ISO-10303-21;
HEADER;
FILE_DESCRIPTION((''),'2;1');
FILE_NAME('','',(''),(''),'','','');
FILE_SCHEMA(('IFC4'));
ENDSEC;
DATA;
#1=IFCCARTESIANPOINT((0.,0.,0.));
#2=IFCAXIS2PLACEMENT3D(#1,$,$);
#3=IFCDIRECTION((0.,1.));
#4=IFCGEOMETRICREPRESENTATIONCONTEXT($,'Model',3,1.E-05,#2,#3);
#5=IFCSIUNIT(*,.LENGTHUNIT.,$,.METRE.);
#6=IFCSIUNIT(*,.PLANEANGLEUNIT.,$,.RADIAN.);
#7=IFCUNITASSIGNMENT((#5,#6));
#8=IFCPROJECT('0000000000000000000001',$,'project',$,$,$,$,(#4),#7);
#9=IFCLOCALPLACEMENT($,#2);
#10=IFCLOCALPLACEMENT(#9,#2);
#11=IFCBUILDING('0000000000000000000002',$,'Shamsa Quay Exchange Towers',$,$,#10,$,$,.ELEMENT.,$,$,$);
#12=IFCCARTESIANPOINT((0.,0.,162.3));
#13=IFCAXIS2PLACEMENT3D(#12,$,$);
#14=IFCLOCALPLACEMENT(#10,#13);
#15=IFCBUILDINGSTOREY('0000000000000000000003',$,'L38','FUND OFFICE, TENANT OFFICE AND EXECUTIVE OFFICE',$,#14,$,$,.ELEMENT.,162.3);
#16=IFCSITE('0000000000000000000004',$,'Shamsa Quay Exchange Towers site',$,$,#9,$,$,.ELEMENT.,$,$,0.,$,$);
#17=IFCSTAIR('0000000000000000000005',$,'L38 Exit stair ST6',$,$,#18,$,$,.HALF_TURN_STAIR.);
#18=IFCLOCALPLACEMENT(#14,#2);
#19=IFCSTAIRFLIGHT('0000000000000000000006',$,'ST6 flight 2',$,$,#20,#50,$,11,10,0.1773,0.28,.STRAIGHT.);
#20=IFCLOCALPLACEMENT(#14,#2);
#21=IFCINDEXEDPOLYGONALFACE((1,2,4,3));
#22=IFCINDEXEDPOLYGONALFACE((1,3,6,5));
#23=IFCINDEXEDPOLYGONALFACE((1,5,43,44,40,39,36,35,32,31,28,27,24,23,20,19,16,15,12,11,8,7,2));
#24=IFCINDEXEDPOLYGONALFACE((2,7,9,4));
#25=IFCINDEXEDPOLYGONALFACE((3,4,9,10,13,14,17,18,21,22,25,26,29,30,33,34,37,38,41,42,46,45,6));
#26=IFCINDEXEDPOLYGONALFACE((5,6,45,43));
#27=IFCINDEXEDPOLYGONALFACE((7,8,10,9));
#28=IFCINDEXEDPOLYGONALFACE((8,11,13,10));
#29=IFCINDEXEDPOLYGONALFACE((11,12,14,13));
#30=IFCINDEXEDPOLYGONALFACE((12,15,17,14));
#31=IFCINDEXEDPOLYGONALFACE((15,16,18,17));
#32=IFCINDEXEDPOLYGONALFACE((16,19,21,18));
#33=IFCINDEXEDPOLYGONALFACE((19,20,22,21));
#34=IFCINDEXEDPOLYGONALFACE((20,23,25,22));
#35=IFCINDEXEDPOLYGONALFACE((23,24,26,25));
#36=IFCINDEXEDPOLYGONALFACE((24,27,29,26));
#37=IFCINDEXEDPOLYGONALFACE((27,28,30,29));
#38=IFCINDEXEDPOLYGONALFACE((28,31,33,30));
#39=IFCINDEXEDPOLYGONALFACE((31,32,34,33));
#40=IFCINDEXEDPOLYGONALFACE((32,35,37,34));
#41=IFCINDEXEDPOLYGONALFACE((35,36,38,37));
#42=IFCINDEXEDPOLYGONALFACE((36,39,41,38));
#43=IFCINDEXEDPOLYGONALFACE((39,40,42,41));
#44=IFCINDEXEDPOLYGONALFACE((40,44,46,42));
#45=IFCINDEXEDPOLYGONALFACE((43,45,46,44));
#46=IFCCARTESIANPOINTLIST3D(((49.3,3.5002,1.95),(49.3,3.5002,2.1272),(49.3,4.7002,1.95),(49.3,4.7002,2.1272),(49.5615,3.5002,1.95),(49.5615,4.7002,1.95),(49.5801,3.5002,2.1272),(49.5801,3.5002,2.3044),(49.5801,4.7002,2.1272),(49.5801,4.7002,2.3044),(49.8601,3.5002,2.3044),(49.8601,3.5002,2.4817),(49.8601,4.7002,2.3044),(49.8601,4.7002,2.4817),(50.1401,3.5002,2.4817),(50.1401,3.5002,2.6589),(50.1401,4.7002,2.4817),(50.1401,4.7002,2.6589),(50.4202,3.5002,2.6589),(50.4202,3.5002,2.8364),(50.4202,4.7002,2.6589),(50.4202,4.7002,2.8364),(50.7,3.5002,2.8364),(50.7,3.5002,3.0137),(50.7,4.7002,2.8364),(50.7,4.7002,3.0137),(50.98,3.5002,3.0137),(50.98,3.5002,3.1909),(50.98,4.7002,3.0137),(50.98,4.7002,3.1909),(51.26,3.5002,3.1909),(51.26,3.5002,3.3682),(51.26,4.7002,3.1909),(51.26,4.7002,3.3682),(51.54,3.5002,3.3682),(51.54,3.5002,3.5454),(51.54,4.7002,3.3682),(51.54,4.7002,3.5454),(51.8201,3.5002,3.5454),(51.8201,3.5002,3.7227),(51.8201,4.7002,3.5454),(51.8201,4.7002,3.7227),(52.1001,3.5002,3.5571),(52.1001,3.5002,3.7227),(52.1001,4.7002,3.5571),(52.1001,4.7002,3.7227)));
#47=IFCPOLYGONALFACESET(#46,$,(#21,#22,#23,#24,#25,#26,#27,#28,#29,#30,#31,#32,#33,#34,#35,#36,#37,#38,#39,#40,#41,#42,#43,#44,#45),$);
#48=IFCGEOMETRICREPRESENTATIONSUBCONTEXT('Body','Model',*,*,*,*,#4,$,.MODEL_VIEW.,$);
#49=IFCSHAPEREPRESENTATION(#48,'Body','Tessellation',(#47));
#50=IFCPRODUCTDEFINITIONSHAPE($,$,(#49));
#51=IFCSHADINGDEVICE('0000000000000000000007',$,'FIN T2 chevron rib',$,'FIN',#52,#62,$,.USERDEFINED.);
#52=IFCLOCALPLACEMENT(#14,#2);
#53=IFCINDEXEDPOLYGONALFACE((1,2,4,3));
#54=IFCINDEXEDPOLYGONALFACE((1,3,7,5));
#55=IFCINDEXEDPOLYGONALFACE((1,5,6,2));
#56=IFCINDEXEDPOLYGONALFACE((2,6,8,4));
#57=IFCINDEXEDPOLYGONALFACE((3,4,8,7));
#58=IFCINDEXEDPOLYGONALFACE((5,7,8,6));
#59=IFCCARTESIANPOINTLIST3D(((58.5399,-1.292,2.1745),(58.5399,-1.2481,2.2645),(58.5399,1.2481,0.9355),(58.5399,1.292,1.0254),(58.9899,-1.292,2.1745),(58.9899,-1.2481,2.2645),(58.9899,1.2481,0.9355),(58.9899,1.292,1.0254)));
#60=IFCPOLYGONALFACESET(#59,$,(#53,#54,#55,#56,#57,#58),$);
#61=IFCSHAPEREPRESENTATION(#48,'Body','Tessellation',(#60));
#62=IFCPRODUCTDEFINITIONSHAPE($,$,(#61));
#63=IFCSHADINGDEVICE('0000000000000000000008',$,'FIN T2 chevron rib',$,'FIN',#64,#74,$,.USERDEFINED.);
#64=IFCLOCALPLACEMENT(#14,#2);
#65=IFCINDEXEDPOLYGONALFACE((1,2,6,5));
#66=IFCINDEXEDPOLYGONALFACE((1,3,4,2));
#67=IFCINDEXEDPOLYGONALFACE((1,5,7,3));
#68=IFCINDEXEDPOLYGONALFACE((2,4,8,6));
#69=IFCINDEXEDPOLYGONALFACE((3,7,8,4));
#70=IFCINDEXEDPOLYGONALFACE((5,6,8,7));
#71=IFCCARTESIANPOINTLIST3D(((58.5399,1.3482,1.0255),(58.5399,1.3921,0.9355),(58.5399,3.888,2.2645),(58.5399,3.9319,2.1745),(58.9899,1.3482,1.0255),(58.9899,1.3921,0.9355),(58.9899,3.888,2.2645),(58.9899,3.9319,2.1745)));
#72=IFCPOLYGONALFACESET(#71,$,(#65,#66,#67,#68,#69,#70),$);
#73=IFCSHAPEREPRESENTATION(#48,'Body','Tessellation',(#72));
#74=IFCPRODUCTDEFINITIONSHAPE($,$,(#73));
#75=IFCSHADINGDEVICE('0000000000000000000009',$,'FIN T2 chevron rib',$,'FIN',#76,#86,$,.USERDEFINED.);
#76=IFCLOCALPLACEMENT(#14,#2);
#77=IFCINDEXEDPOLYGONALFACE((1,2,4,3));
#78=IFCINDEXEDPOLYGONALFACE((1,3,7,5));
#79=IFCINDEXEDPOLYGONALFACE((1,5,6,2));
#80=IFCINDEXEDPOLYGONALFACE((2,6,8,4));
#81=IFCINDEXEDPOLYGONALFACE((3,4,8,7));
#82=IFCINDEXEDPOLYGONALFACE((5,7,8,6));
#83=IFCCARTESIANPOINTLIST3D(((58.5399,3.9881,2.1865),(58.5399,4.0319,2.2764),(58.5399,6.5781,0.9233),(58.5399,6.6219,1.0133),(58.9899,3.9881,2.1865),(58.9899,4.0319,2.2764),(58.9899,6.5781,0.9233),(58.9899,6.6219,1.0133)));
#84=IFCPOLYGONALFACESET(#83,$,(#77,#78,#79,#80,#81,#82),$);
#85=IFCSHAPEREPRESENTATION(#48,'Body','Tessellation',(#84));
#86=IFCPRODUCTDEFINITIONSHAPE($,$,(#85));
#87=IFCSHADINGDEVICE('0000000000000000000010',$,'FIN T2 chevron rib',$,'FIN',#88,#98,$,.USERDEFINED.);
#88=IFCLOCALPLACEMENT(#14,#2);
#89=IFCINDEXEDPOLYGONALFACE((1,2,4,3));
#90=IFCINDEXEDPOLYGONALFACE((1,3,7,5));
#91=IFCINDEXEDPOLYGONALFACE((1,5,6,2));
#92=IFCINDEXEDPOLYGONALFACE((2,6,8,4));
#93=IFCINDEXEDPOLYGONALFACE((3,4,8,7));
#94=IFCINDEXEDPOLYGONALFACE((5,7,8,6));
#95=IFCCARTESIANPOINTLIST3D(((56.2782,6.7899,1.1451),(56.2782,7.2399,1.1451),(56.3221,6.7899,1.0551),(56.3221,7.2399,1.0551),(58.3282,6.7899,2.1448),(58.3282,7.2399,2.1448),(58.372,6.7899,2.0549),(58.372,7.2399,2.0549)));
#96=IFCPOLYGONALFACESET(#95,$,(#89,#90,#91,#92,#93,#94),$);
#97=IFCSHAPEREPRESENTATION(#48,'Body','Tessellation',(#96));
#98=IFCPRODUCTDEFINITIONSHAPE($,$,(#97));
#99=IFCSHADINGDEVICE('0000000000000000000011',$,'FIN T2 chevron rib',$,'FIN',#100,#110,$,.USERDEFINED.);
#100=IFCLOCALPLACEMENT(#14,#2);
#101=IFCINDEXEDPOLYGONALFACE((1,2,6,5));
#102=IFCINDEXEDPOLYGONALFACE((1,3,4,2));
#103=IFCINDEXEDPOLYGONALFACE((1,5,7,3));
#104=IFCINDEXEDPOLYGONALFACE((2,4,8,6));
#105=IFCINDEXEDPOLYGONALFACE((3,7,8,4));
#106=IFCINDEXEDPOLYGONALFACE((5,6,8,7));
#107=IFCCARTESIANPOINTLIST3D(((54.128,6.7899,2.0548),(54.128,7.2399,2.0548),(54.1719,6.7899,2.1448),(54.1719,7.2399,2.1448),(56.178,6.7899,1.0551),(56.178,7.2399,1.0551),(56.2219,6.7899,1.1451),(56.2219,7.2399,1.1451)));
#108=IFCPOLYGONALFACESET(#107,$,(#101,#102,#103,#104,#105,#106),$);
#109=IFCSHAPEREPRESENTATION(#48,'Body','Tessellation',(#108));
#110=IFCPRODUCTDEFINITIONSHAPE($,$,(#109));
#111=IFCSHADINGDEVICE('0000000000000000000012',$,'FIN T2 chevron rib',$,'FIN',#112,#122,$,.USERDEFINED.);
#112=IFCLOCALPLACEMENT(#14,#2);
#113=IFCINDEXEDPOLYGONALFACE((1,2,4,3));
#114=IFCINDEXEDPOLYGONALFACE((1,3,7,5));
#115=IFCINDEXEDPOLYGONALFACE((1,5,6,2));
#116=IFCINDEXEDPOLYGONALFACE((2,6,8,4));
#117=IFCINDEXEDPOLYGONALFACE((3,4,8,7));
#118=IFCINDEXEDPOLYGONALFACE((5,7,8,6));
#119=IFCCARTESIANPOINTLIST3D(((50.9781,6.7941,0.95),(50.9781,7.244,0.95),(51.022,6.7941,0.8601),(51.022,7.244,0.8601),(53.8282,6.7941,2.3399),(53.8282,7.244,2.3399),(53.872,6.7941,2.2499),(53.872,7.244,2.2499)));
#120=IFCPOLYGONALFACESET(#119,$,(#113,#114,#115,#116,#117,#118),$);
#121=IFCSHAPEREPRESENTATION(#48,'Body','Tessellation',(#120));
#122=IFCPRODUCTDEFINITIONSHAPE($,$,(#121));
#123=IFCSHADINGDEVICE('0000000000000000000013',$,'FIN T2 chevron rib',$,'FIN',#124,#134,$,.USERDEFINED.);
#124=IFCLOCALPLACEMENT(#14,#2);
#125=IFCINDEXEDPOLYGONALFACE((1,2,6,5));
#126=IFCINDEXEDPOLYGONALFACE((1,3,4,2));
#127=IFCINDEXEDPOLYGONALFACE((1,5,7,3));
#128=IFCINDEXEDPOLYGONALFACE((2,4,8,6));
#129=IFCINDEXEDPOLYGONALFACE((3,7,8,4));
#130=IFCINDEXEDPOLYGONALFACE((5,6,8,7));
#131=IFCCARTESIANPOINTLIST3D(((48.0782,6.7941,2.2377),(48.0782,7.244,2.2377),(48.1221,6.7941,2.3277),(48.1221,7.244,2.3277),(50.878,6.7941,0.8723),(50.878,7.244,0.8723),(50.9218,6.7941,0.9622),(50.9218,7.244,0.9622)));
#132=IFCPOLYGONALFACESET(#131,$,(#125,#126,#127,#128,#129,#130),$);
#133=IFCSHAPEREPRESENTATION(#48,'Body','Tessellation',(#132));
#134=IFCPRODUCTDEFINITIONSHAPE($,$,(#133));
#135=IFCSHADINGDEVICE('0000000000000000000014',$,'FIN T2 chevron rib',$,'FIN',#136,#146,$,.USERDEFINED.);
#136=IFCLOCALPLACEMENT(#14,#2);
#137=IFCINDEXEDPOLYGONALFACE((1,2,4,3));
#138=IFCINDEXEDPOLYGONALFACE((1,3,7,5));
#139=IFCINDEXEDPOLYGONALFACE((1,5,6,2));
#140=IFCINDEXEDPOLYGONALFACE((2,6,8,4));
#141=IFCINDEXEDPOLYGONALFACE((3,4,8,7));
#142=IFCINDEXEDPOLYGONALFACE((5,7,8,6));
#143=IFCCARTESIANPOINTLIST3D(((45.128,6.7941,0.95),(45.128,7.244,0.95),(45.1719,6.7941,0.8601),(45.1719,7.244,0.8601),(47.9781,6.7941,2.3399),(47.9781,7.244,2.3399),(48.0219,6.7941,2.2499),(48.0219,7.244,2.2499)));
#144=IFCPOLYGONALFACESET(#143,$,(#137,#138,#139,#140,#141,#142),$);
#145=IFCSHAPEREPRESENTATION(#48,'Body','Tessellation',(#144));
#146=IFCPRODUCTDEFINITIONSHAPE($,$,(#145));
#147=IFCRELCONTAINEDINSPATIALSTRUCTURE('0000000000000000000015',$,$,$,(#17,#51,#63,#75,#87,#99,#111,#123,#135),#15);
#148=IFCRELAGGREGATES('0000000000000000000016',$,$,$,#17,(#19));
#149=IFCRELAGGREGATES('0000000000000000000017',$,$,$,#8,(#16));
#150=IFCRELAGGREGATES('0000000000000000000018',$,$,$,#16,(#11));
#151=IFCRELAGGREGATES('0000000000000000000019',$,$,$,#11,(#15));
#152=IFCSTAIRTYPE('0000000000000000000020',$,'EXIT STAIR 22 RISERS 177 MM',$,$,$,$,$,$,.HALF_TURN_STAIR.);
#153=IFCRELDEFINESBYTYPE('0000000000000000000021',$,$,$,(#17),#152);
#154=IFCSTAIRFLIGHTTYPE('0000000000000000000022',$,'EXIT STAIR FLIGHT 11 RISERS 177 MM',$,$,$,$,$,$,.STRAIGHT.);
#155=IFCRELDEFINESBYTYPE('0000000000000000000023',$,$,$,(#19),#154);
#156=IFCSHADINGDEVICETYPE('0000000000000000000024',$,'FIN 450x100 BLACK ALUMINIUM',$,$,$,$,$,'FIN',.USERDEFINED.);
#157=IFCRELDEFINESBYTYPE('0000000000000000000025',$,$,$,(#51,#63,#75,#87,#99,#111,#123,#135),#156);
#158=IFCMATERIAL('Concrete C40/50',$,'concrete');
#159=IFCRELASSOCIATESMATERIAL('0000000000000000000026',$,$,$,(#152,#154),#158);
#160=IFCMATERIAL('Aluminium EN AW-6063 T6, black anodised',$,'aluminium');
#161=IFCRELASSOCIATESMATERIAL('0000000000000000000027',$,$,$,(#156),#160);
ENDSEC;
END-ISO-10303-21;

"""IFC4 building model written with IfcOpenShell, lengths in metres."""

from ifc_helpers import new_model, si_unit, direction, frame, origin, origin_2d, place, context, subcontext, project, spatial, polyline, rectangle, outline, extrude, material, material_profile, profile_set, type_object, element, aggregate, save


model = new_model("IFC4")

# Units and contexts
model_context = context("Model", 3, precision=1e-05, world=origin(), true_north=direction((0.0, 1.0)))
body_context = subcontext(model_context, "Body", "Model", "MODEL_VIEW")
ifc_project = project(units=[si_unit("LENGTHUNIT", "METRE"), si_unit("PLANEANGLEUNIT", "RADIAN")], contexts=[model_context])

# Site, building, storey
site_placement = place(None, origin())
site = spatial("IfcSite", under=ifc_project, at=site_placement, Name="Shamsa Quay Exchange Towers site", CompositionType="ELEMENT", RefElevation=0.0)
building_placement = place(site_placement, origin())
building = spatial("IfcBuilding", under=site, at=building_placement, Name="Shamsa Quay Exchange Towers", CompositionType="ELEMENT")
storey_placement = place(building_placement, frame((0.0, 0.0, 162.3)))
storey = spatial("IfcBuildingStorey", under=building, at=storey_placement, Name="L38", Description="FUND OFFICE, TENANT OFFICE AND EXECUTIVE OFFICE", CompositionType="ELEMENT", Elevation=162.3)

# Shared definitions
ifc_material_1 = material(Name="Aluminium EN AW-6063 T6, black anodised", Category="aluminium")

# Stair, stair flight
ifc_material_2 = material(Name="Concrete C40/50", Category="concrete")
stair_type = type_object("IfcStairType", Name="EXIT STAIR 22 RISERS 177 MM", PredefinedType="HALF_TURN_STAIR", material=ifc_material_2)
stair_placement = place(storey_placement, origin())
stair = element("IfcStair", 1, at=stair_placement, inside=storey, type_object=stair_type, Name="L38 Exit stair ST6", PredefinedType="HALF_TURN_STAIR")
stair_flight_type = type_object("IfcStairFlightType", Name="EXIT STAIR FLIGHT 11 RISERS 177 MM", PredefinedType="STRAIGHT", material=ifc_material_2)
stair_flight_1_placement = place(storey_placement, frame((49.3, 4.1001, 1.95)))
stair_flight_1 = element("IfcStairFlight", 2, at=stair_flight_1_placement, type_object=stair_flight_type, Name="ST6 flight 2", NumberOfRisers=11, NumberOfTreads=10, PredefinedType="STRAIGHT", RiserHeight=0.1773, TreadLength=0.28, context=body_context, shape_type="SweptSolid", body=[
    extrude(outline(polyline([(0.0, 0.0), (0.0, 0.1772), (0.28, 0.1772), (0.28, 0.3545), (0.5601, 0.3545), (0.5601, 0.5317), (0.8401, 0.5317), (0.8401, 0.709), (1.1201, 0.709), (1.1201, 0.8865), (1.3999, 0.8865), (1.3999, 1.0637), (1.6799, 1.0637), (1.6799, 1.241), (1.96, 1.241), (1.96, 1.4182), (2.24, 1.4182), (2.24, 1.5955), (2.52, 1.5955), (2.52, 1.7727), (2.8, 1.7727), (2.8, 1.95), (2.8, 1.6072), (0.2615, 0.0), (0.0, 0.0)])), frame((0.0, 0.6001, 0.0), z_axis=(0.0, -1.0, 0.0), x_axis=(1.0, 0.0, 0.0)), (0.0, 0.0, 1.0), 1.2),
])
aggregate(stair, [stair_flight_1])

# Shading devices
ifc_material_profile_1 = material_profile(ifc_material_1, rectangle(XDim=0.45, YDim=0.1001, at=origin_2d()), Name="FIN450x100")
ifc_profile_set_1 = profile_set([ifc_material_profile_1], Name="Aluminium EN AW-6063 T6, black anodised")
shading_device_type = type_object("IfcShadingDeviceType", Name="FIN 450x100 BLACK ALUMINIUM", ElementType="FIN", PredefinedType="USERDEFINED", material=ifc_profile_set_1)
shading_device_1_placement = place(storey_placement, frame((58.7649, -1.27, 2.2195), z_axis=(0.0, 0.898773, -0.438415), x_axis=(-1.0, 0.0, 0.0)))
element("IfcShadingDevice", 3, at=shading_device_1_placement, inside=storey, type_object=shading_device_type, Name="FIN T2 chevron rib", ObjectType="FIN", PredefinedType="USERDEFINED", context=body_context, shape_type="SweptSolid", body=[
    extrude(rectangle(XDim=0.45, YDim=0.1001, at=origin_2d()), origin(), (0.0, 0.0, 1.0), 2.8262),
])
shading_device_2_placement = place(storey_placement, frame((58.7649, 1.3701, 0.9805), z_axis=(0.0, 0.898756, 0.438449), x_axis=(-1.0, 0.0, 0.0)))
element("IfcShadingDevice", 4, at=shading_device_2_placement, inside=storey, type_object=shading_device_type, Name="FIN T2 chevron rib", ObjectType="FIN", PredefinedType="USERDEFINED", context=body_context, shape_type="SweptSolid", body=[
    extrude(rectangle(XDim=0.45, YDim=0.1001, at=origin_2d()), origin(), (0.0, 0.0, 1.0), 2.8259),
])
shading_device_3_placement = place(storey_placement, frame((58.7649, 4.01, 2.2314), z_axis=(0.0, 0.898806, -0.438347), x_axis=(-1.0, 0.0, 0.0)))
element("IfcShadingDevice", 5, at=shading_device_3_placement, inside=storey, type_object=shading_device_type, Name="FIN T2 chevron rib", ObjectType="FIN", PredefinedType="USERDEFINED", context=body_context, shape_type="SweptSolid", body=[
    extrude(rectangle(XDim=0.45, YDim=0.1001, at=origin_2d()), origin(), (0.0, 0.0, 1.0), 2.8816),
])
for number, where, z_axis, x_axis, name in (
    (6, (58.3501, 7.0149, 2.0999), (-0.898815, 0.0, -0.438329), (0.0, -1.0, 0.0), "FIN T2 chevron rib"),
    (7, (56.2, 7.0149, 1.1001), (-0.898815, 0.0, 0.438329), (0.0, -1.0, 0.0), "FIN T2 chevron rib"),
):
    element("IfcShadingDevice", number, at=place(storey_placement, frame(where, z_axis=z_axis, x_axis=x_axis)), inside=storey, type_object=shading_device_type, Name=name, ObjectType="FIN", PredefinedType="USERDEFINED", context=body_context, shape_type="SweptSolid", body=[
        extrude(rectangle(XDim=0.45, YDim=0.1001, at=origin_2d()), origin(), (0.0, 0.0, 1.0), 2.2808),
    ])
shading_device_4_placement = place(storey_placement, frame((53.8501, 7.019, 2.2949), z_axis=(-0.898818, 0.0, -0.438322), x_axis=(0.0, -1.0, 0.0)))
element("IfcShadingDevice", 8, at=shading_device_4_placement, inside=storey, type_object=shading_device_type, Name="FIN T2 chevron rib", ObjectType="FIN", PredefinedType="USERDEFINED", context=body_context, shape_type="SweptSolid", body=[
    extrude(rectangle(XDim=0.45, YDim=0.1001, at=origin_2d()), origin(), (0.0, 0.0, 1.0), 3.1709),
])
shading_device_5_placement = place(storey_placement, frame((50.8999, 7.019, 0.9172), z_axis=(-0.898804, 0.0, 0.438351), x_axis=(0.0, -1.0, 0.0)))
element("IfcShadingDevice", 9, at=shading_device_5_placement, inside=storey, type_object=shading_device_type, Name="FIN T2 chevron rib", ObjectType="FIN", PredefinedType="USERDEFINED", context=body_context, shape_type="SweptSolid", body=[
    extrude(rectangle(XDim=0.45, YDim=0.1001, at=origin_2d()), origin(), (0.0, 0.0, 1.0), 3.115),
])
shading_device_6_placement = place(storey_placement, frame((48.0, 7.019, 2.2949), z_axis=(-0.898818, 0.0, -0.438322), x_axis=(0.0, -1.0, 0.0)))
element("IfcShadingDevice", 10, at=shading_device_6_placement, inside=storey, type_object=shading_device_type, Name="FIN T2 chevron rib", ObjectType="FIN", PredefinedType="USERDEFINED", context=body_context, shape_type="SweptSolid", body=[
    extrude(rectangle(XDim=0.45, YDim=0.1001, at=origin_2d()), origin(), (0.0, 0.0, 1.0), 3.1709),
])

save(model, "model.ifc")
